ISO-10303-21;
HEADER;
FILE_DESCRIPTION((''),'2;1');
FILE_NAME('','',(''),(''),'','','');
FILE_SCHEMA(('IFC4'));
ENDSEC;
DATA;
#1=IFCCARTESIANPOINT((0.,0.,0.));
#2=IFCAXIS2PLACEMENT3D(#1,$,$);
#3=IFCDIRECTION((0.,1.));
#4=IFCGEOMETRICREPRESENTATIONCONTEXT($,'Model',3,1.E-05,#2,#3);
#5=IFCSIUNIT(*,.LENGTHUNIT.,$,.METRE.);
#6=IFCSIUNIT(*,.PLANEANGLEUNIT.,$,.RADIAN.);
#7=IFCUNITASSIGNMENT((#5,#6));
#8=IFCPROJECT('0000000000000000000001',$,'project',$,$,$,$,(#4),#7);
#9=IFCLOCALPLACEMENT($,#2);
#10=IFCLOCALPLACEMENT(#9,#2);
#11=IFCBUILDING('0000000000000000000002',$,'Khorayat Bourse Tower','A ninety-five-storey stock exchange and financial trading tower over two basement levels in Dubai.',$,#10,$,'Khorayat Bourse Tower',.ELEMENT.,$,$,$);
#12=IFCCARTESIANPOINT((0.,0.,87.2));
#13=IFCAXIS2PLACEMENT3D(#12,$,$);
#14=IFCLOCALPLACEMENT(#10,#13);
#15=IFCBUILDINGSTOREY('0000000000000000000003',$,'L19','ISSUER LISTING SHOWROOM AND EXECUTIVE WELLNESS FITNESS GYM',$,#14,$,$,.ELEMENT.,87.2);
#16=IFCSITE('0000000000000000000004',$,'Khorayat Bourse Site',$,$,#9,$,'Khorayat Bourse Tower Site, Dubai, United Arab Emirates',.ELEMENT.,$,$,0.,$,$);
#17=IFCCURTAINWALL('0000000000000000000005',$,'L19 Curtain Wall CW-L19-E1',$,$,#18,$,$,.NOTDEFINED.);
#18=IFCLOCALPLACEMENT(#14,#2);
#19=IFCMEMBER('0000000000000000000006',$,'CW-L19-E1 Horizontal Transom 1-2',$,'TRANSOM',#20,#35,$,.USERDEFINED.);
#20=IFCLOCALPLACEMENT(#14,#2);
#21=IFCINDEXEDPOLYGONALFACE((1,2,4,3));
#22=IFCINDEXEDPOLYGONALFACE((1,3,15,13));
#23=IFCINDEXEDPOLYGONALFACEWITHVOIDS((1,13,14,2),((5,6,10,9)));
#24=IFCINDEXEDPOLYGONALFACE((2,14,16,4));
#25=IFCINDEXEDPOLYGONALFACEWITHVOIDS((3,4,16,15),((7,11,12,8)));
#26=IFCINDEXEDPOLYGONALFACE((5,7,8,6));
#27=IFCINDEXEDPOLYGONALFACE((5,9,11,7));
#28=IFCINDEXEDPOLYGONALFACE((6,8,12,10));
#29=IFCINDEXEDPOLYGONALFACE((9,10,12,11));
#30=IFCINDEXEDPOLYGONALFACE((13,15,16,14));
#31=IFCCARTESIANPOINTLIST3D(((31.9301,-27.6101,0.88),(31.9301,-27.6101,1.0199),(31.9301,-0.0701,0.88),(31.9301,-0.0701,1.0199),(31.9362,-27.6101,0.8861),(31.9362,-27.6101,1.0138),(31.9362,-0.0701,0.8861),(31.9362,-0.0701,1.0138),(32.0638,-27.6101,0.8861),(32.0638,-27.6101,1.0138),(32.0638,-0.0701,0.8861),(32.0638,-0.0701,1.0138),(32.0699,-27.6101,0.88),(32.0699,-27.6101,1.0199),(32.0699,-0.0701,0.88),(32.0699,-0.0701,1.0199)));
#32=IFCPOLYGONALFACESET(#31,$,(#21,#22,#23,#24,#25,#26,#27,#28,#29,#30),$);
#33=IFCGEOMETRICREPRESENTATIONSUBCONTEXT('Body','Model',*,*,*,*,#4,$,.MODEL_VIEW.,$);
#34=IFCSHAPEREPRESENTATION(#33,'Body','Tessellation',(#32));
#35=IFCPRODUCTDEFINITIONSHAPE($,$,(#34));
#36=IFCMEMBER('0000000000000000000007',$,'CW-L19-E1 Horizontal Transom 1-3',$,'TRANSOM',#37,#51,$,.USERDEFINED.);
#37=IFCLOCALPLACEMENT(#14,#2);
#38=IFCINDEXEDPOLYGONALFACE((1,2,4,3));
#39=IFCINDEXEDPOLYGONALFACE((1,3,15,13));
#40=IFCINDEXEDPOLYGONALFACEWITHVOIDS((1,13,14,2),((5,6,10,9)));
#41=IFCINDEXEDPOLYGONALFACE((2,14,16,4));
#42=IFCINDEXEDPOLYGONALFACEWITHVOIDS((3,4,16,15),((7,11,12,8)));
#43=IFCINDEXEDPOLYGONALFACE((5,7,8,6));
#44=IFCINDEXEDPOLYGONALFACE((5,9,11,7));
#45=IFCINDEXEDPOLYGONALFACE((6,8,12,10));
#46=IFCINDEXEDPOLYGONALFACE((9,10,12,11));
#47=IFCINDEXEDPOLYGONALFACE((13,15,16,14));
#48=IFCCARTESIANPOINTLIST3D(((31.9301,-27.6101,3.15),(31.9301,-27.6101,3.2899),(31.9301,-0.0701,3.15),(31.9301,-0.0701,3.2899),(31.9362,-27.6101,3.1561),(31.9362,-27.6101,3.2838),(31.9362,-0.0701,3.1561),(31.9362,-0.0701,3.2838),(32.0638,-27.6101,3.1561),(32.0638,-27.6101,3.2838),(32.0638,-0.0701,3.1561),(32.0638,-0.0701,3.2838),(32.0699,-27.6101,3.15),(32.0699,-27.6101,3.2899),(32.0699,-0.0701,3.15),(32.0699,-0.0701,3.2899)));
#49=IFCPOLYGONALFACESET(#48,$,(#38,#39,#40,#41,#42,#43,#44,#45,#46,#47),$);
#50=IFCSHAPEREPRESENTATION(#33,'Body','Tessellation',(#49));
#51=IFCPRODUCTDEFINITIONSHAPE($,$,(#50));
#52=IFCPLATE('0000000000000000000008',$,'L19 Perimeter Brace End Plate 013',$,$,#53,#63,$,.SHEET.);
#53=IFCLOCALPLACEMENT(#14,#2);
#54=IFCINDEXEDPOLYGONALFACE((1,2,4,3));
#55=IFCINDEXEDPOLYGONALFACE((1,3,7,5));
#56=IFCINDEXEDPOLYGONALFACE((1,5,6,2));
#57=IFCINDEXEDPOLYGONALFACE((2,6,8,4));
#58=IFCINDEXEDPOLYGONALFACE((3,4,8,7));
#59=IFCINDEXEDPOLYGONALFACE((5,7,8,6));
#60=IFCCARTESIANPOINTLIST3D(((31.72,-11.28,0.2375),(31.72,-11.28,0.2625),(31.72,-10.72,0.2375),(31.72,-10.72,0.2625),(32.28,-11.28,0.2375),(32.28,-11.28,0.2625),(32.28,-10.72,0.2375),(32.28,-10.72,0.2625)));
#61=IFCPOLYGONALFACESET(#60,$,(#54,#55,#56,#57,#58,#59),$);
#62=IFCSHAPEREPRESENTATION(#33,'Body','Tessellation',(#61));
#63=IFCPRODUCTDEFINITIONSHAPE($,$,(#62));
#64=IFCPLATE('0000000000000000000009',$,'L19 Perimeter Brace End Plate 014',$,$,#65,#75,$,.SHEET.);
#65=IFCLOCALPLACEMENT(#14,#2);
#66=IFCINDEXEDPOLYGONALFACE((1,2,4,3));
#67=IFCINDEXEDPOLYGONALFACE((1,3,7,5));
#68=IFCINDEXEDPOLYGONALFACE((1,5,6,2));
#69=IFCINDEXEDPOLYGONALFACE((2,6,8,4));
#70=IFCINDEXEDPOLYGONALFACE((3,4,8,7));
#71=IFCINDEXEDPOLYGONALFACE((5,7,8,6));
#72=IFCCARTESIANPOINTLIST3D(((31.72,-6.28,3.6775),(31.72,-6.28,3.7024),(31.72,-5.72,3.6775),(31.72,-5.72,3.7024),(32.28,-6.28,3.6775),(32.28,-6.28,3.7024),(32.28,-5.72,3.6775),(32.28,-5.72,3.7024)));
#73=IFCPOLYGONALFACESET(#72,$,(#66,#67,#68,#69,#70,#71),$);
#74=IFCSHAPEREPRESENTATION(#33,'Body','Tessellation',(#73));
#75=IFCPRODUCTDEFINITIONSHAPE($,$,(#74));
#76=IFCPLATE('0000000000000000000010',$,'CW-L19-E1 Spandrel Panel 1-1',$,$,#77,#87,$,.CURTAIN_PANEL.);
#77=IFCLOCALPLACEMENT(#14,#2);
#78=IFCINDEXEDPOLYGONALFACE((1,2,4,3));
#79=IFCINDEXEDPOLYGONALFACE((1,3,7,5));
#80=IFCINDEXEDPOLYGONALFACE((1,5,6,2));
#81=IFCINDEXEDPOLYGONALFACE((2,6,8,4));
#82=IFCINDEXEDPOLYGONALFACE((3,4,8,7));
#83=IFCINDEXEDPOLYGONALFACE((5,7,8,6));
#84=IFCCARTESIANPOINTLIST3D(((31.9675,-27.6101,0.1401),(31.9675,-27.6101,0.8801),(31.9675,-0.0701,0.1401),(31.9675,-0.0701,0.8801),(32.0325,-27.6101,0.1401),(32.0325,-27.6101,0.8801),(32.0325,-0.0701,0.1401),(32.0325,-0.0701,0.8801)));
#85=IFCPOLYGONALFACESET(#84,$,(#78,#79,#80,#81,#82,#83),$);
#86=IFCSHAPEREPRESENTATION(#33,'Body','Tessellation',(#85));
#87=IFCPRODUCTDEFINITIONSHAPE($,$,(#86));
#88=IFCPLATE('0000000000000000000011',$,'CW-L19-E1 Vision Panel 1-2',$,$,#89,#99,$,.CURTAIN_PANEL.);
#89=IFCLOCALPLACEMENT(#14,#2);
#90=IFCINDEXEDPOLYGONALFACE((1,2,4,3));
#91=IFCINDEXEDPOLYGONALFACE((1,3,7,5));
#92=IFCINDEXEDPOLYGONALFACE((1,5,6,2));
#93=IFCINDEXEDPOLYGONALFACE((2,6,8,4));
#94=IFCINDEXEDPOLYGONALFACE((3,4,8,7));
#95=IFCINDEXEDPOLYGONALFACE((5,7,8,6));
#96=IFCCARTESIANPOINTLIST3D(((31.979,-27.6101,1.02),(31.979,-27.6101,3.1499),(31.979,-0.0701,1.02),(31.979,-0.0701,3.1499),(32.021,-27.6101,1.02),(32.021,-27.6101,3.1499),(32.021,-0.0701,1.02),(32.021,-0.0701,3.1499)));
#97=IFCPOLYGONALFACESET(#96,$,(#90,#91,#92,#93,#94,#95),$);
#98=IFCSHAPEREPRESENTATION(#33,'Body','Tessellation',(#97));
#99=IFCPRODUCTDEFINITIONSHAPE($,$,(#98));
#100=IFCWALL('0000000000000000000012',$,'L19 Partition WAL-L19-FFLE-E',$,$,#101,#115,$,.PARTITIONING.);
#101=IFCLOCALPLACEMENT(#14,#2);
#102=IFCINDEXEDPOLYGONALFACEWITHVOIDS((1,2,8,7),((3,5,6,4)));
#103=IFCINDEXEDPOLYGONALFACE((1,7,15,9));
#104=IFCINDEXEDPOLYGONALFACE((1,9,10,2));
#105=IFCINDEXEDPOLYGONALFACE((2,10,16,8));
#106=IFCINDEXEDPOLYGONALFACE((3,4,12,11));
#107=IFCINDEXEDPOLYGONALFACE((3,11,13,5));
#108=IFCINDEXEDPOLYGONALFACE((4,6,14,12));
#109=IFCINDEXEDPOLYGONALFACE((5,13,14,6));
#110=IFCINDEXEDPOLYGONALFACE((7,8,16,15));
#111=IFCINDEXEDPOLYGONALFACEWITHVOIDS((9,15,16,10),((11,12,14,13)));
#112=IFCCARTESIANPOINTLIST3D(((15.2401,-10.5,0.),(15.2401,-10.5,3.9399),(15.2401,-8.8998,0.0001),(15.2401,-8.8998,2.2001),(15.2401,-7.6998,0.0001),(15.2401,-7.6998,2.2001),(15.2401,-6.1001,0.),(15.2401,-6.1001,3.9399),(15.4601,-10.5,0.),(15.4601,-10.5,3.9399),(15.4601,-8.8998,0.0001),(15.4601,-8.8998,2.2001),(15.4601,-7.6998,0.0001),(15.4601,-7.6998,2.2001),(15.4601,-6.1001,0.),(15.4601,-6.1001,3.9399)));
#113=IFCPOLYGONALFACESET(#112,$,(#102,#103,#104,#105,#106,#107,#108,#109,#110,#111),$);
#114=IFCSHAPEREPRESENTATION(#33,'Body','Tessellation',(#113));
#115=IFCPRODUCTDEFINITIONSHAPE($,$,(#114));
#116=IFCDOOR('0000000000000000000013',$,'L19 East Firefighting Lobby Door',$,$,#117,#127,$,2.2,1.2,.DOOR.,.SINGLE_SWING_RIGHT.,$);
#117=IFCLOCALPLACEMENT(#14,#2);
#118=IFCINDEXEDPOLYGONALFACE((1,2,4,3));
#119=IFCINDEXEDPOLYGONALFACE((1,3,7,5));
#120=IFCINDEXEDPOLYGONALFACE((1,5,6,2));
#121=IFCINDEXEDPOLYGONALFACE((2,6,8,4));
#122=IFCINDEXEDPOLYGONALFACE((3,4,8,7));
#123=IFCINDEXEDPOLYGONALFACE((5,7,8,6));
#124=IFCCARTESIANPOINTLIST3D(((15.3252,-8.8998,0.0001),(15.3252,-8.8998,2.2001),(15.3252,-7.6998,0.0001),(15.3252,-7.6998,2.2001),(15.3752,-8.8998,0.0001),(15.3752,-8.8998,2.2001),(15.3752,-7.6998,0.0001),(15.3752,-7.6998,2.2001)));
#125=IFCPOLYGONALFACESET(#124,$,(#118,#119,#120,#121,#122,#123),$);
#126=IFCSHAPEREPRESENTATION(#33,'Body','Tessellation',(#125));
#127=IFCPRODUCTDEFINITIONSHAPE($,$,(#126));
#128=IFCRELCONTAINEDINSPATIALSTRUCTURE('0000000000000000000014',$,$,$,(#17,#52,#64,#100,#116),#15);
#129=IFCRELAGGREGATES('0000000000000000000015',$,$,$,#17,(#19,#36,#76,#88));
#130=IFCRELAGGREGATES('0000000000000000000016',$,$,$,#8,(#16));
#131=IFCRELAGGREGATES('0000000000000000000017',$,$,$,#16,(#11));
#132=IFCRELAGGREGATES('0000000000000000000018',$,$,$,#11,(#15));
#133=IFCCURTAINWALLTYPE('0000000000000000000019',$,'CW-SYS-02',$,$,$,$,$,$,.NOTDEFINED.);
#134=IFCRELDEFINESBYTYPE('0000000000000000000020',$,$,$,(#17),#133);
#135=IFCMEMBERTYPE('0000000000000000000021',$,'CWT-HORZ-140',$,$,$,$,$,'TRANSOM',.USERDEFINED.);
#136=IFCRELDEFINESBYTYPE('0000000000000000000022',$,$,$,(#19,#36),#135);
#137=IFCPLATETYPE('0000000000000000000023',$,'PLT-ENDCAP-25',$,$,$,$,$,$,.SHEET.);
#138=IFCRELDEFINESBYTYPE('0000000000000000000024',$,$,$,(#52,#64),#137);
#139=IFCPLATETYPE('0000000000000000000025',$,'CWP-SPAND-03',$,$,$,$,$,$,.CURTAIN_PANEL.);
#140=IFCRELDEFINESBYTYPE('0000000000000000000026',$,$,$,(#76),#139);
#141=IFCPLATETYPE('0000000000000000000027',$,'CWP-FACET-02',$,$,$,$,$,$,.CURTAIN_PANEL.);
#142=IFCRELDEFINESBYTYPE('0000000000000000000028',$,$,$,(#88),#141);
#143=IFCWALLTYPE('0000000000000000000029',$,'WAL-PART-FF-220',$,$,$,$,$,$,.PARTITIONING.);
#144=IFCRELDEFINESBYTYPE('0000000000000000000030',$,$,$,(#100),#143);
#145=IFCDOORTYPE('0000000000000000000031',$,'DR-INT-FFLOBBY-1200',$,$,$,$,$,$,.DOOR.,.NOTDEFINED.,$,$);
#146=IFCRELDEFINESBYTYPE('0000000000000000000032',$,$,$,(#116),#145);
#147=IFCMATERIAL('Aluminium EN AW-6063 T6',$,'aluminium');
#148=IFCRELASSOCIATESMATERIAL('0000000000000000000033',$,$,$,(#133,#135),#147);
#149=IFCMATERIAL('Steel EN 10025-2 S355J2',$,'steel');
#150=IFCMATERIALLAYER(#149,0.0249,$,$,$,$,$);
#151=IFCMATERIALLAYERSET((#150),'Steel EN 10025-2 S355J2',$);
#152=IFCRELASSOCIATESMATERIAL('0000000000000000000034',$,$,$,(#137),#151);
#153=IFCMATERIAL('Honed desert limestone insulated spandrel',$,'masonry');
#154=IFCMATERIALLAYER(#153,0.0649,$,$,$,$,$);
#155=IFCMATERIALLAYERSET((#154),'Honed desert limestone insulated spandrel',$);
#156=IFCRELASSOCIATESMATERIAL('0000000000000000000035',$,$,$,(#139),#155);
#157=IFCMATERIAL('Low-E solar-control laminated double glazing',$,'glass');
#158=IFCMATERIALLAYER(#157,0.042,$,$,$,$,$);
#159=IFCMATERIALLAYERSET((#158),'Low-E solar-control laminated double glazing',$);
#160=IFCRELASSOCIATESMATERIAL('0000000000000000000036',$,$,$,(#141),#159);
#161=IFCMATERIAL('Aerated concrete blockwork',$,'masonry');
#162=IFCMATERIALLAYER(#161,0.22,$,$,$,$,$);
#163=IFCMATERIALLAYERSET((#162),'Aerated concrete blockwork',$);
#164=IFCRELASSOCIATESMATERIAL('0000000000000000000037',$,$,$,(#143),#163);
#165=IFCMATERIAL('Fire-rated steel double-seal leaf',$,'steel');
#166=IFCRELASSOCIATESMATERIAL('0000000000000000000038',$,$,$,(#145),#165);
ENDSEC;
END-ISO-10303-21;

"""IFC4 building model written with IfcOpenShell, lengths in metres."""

from ifc_helpers import new_model, si_unit, direction, frame, frame_2d, origin, origin_2d, place, context, subcontext, project, spatial, rectangle, hollow_rectangle, extrude, source, transform, mapped, material, layer, layer_set, material_profile, profile_set, type_object, element, fill, aggregate, save


model = new_model("IFC4")

# Units and contexts
model_context = context("Model", 3, precision=1e-05, world=origin(), true_north=direction((0.0, 1.0)))
body_context = subcontext(model_context, "Body", "Model", "MODEL_VIEW")
ifc_project = project(units=[si_unit("LENGTHUNIT", "METRE"), si_unit("PLANEANGLEUNIT", "RADIAN")], contexts=[model_context])

# Site, building, storey
site_placement = place(None, origin())
site = spatial("IfcSite", under=ifc_project, at=site_placement, Name="Khorayat Bourse Site", LongName="Khorayat Bourse Tower Site, Dubai, United Arab Emirates", CompositionType="ELEMENT", RefElevation=0.0)
building_placement = place(site_placement, origin())
building = spatial("IfcBuilding", under=site, at=building_placement, Name="Khorayat Bourse Tower", Description="A ninety-five-storey stock exchange and financial trading tower over two basement levels in Dubai.", LongName="Khorayat Bourse Tower", CompositionType="ELEMENT")
storey_placement = place(building_placement, frame((0.0, 0.0, 87.2)))
storey = spatial("IfcBuildingStorey", under=building, at=storey_placement, Name="L19", Description="ISSUER LISTING SHOWROOM AND EXECUTIVE WELLNESS FITNESS GYM", CompositionType="ELEMENT", Elevation=87.2)

# Curtain wall, members
ifc_material_1 = material(Name="Aluminium EN AW-6063 T6", Category="aluminium")
curtain_wall_type = type_object("IfcCurtainWallType", Name="CW-SYS-02", PredefinedType="NOTDEFINED", material=ifc_material_1)
curtain_wall_placement = place(storey_placement, origin())
curtain_wall = element("IfcCurtainWall", 1, at=curtain_wall_placement, inside=storey, type_object=curtain_wall_type, Name="L19 Curtain Wall CW-L19-E1", PredefinedType="NOTDEFINED")
ifc_material_profile_1 = material_profile(ifc_material_1, hollow_rectangle(XDim=0.1399, YDim=0.1399, WallThickness=0.0061, at=origin_2d()), Name="ALU 140x140x6")
ifc_profile_set_1 = profile_set([ifc_material_profile_1], Name="Aluminium EN AW-6063 T6")
member_type_1 = type_object("IfcMemberType", Name="CWT-HORZ-140", ElementType="TRANSOM", PredefinedType="USERDEFINED", material=ifc_profile_set_1)
shared_shape_1 = source(origin(), body_context, "Body", "SweptSolid", [
    extrude(hollow_rectangle(XDim=0.1399, YDim=0.1399, WallThickness=0.0061, at=origin_2d()), origin(), (0.0, 0.0, 1.0), 27.54),
])
member_1_placement = place(storey_placement, frame((32.0, -27.6101, 0.95), z_axis=(0.0, 1.0, 0.0), x_axis=(-1.0, 0.0, 0.0)))
member_1 = element("IfcMember", 2, at=member_1_placement, type_object=member_type_1, Name="CW-L19-E1 Horizontal Transom 1-2", ObjectType="TRANSOM", PredefinedType="USERDEFINED", context=body_context, shape_type="MappedRepresentation", body=[
    mapped(shared_shape_1, transform((0.0, 0.0, 0.0), scale=1.0)),
])
member_2_placement = place(storey_placement, frame((32.0, -27.6101, 3.22), z_axis=(0.0, 1.0, 0.0), x_axis=(-1.0, 0.0, 0.0)))
member_2 = element("IfcMember", 3, at=member_2_placement, type_object=member_type_1, Name="CW-L19-E1 Horizontal Transom 1-3", ObjectType="TRANSOM", PredefinedType="USERDEFINED", context=body_context, shape_type="MappedRepresentation", body=[
    mapped(shared_shape_1, transform((0.0, 0.0, 0.0), scale=1.0)),
])

# Plates
ifc_material_2 = material(Name="Steel EN 10025-2 S355J2", Category="steel")
ifc_layer_1 = layer(ifc_material_2, 0.0249)
ifc_layer_set_1 = layer_set([ifc_layer_1], Name="Steel EN 10025-2 S355J2")
plate_type_1 = type_object("IfcPlateType", Name="PLT-ENDCAP-25", PredefinedType="SHEET", material=ifc_layer_set_1)
shared_shape_2 = source(origin(), body_context, "Body", "SweptSolid", [
    extrude(rectangle(XDim=0.5601, YDim=0.5601, at=origin_2d()), origin(), (0.0, 0.0, 1.0), 0.0249),
])
for number, where, z_axis, x_axis, name in (
    (4, (32.0, -11.0, 0.2375), (0.0, 0.0, 1.0), (1.0, 0.0, 0.0), "L19 Perimeter Brace End Plate 013"),
    (5, (32.0, -6.0, 3.6775), (0.0, 0.0, 1.0), (1.0, 0.0, 0.0), "L19 Perimeter Brace End Plate 014"),
):
    element("IfcPlate", number, at=place(storey_placement, frame(where, z_axis=z_axis, x_axis=x_axis)), inside=storey, type_object=plate_type_1, Name=name, PredefinedType="SHEET", context=body_context, shape_type="MappedRepresentation", body=[
        mapped(shared_shape_2, transform((0.0, 0.0, 0.0), scale=1.0)),
    ])

# Plates
ifc_material_3 = material(Name="Honed desert limestone insulated spandrel", Category="masonry")
ifc_layer_2 = layer(ifc_material_3, 0.0649)
ifc_layer_set_2 = layer_set([ifc_layer_2], Name="Honed desert limestone insulated spandrel")
plate_type_2 = type_object("IfcPlateType", Name="CWP-SPAND-03", PredefinedType="CURTAIN_PANEL", material=ifc_layer_set_2)
shared_shape_3 = source(origin(), body_context, "Body", "SweptSolid", [
    extrude(rectangle(XDim=27.54, YDim=0.0649, at=origin_2d()), origin(), (0.0, 0.0, 1.0), 0.74),
])
plate_1_placement = place(storey_placement, frame((32.0, -13.8401, 0.1401), z_axis=(0.0, 0.0, 1.0), x_axis=(0.0, 1.0, 0.0)))
plate_1 = element("IfcPlate", 6, at=plate_1_placement, type_object=plate_type_2, Name="CW-L19-E1 Spandrel Panel 1-1", PredefinedType="CURTAIN_PANEL", context=body_context, shape_type="MappedRepresentation", body=[
    mapped(shared_shape_3, transform((0.0, 0.0, 0.0), scale=1.0)),
])
ifc_material_4 = material(Name="Low-E solar-control laminated double glazing", Category="glass")
ifc_layer_3 = layer(ifc_material_4, 0.042)
ifc_layer_set_3 = layer_set([ifc_layer_3], Name="Low-E solar-control laminated double glazing")
plate_type_3 = type_object("IfcPlateType", Name="CWP-FACET-02", PredefinedType="CURTAIN_PANEL", material=ifc_layer_set_3)
shared_shape_4 = source(origin(), body_context, "Body", "SweptSolid", [
    extrude(rectangle(XDim=27.54, YDim=0.042, at=origin_2d()), origin(), (0.0, 0.0, 1.0), 2.1299),
])
plate_2_placement = place(storey_placement, frame((32.0, -13.8401, 1.02), z_axis=(0.0, 0.0, 1.0), x_axis=(0.0, 1.0, 0.0)))
plate_2 = element("IfcPlate", 7, at=plate_2_placement, type_object=plate_type_3, Name="CW-L19-E1 Vision Panel 1-2", PredefinedType="CURTAIN_PANEL", context=body_context, shape_type="MappedRepresentation", body=[
    mapped(shared_shape_4, transform((0.0, 0.0, 0.0), scale=1.0)),
])
aggregate(curtain_wall, [member_1, member_2, plate_1, plate_2])

# Wall, opening, door
ifc_material_5 = material(Name="Aerated concrete blockwork", Category="masonry")
ifc_layer_4 = layer(ifc_material_5, 0.22)
ifc_layer_set_4 = layer_set([ifc_layer_4], Name="Aerated concrete blockwork")
wall_type_1 = type_object("IfcWallType", Name="WAL-PART-FF-220", PredefinedType="PARTITIONING", material=ifc_layer_set_4)
shared_shape_5 = source(origin(), body_context, "Body", "SweptSolid", [
    extrude(rectangle(XDim=4.3999, YDim=0.22, at=frame_2d((2.2, 0.0))), origin(), (0.0, 0.0, 1.0), 3.9399),
])
wall_1_placement = place(storey_placement, frame((15.3501, -10.5, 0.0), z_axis=(0.0, 0.0, 1.0), x_axis=(0.0, 1.0, 0.0)))
wall_1 = element("IfcWall", 8, at=wall_1_placement, inside=storey, type_object=wall_type_1, Name="L19 Partition WAL-L19-FFLE-E", PredefinedType="PARTITIONING", context=body_context, shape_type="MappedRepresentation", body=[
    mapped(shared_shape_5, transform((0.0, 0.0, 0.0), scale=1.0)),
])
shared_shape_6 = source(origin(), body_context, "Body", "SweptSolid", [
    extrude(rectangle(XDim=1.2, YDim=2.2, at=frame_2d((0.6001, 1.1001))), frame((0.0, 0.1199, 0.0), z_axis=(0.0, -1.0, 0.0), x_axis=(1.0, 0.0, 0.0)), (0.0, 0.0, 1.0), 0.24),
])
opening_1_placement = place(wall_1_placement, frame((1.6001, 0.0, 0.0)))
opening_1 = element("IfcOpeningElement", 9, at=opening_1_placement, cuts=wall_1, PredefinedType="OPENING", context=body_context, shape_type="MappedRepresentation", body=[
    mapped(shared_shape_6, transform((0.0, 0.0, 0.0), scale=1.0)),
])
ifc_material_6 = material(Name="Fire-rated steel double-seal leaf", Category="steel")
door_type_1 = type_object("IfcDoorType", Name="DR-INT-FFLOBBY-1200", OperationType="NOTDEFINED", PredefinedType="DOOR", material=ifc_material_6)
shared_shape_7 = source(origin(), body_context, "Body", "SweptSolid", [
    extrude(rectangle(XDim=1.2, YDim=2.2, at=frame_2d((0.6001, 1.1001))), frame((0.0, 0.0249, 0.0), z_axis=(0.0, -1.0, 0.0), x_axis=(1.0, 0.0, 0.0)), (0.0, 0.0, 1.0), 0.05),
])
door_1_placement = place(opening_1_placement, origin())
door_1 = element("IfcDoor", 10, at=door_1_placement, inside=storey, type_object=door_type_1, Name="L19 East Firefighting Lobby Door", OperationType="SINGLE_SWING_RIGHT", OverallHeight=2.2, OverallWidth=1.2, PredefinedType="DOOR", context=body_context, shape_type="MappedRepresentation", body=[
    mapped(shared_shape_7, transform((0.0, 0.0, 0.0), scale=1.0)),
])
fill(opening_1, door_1)

save(model, "model.ifc")
